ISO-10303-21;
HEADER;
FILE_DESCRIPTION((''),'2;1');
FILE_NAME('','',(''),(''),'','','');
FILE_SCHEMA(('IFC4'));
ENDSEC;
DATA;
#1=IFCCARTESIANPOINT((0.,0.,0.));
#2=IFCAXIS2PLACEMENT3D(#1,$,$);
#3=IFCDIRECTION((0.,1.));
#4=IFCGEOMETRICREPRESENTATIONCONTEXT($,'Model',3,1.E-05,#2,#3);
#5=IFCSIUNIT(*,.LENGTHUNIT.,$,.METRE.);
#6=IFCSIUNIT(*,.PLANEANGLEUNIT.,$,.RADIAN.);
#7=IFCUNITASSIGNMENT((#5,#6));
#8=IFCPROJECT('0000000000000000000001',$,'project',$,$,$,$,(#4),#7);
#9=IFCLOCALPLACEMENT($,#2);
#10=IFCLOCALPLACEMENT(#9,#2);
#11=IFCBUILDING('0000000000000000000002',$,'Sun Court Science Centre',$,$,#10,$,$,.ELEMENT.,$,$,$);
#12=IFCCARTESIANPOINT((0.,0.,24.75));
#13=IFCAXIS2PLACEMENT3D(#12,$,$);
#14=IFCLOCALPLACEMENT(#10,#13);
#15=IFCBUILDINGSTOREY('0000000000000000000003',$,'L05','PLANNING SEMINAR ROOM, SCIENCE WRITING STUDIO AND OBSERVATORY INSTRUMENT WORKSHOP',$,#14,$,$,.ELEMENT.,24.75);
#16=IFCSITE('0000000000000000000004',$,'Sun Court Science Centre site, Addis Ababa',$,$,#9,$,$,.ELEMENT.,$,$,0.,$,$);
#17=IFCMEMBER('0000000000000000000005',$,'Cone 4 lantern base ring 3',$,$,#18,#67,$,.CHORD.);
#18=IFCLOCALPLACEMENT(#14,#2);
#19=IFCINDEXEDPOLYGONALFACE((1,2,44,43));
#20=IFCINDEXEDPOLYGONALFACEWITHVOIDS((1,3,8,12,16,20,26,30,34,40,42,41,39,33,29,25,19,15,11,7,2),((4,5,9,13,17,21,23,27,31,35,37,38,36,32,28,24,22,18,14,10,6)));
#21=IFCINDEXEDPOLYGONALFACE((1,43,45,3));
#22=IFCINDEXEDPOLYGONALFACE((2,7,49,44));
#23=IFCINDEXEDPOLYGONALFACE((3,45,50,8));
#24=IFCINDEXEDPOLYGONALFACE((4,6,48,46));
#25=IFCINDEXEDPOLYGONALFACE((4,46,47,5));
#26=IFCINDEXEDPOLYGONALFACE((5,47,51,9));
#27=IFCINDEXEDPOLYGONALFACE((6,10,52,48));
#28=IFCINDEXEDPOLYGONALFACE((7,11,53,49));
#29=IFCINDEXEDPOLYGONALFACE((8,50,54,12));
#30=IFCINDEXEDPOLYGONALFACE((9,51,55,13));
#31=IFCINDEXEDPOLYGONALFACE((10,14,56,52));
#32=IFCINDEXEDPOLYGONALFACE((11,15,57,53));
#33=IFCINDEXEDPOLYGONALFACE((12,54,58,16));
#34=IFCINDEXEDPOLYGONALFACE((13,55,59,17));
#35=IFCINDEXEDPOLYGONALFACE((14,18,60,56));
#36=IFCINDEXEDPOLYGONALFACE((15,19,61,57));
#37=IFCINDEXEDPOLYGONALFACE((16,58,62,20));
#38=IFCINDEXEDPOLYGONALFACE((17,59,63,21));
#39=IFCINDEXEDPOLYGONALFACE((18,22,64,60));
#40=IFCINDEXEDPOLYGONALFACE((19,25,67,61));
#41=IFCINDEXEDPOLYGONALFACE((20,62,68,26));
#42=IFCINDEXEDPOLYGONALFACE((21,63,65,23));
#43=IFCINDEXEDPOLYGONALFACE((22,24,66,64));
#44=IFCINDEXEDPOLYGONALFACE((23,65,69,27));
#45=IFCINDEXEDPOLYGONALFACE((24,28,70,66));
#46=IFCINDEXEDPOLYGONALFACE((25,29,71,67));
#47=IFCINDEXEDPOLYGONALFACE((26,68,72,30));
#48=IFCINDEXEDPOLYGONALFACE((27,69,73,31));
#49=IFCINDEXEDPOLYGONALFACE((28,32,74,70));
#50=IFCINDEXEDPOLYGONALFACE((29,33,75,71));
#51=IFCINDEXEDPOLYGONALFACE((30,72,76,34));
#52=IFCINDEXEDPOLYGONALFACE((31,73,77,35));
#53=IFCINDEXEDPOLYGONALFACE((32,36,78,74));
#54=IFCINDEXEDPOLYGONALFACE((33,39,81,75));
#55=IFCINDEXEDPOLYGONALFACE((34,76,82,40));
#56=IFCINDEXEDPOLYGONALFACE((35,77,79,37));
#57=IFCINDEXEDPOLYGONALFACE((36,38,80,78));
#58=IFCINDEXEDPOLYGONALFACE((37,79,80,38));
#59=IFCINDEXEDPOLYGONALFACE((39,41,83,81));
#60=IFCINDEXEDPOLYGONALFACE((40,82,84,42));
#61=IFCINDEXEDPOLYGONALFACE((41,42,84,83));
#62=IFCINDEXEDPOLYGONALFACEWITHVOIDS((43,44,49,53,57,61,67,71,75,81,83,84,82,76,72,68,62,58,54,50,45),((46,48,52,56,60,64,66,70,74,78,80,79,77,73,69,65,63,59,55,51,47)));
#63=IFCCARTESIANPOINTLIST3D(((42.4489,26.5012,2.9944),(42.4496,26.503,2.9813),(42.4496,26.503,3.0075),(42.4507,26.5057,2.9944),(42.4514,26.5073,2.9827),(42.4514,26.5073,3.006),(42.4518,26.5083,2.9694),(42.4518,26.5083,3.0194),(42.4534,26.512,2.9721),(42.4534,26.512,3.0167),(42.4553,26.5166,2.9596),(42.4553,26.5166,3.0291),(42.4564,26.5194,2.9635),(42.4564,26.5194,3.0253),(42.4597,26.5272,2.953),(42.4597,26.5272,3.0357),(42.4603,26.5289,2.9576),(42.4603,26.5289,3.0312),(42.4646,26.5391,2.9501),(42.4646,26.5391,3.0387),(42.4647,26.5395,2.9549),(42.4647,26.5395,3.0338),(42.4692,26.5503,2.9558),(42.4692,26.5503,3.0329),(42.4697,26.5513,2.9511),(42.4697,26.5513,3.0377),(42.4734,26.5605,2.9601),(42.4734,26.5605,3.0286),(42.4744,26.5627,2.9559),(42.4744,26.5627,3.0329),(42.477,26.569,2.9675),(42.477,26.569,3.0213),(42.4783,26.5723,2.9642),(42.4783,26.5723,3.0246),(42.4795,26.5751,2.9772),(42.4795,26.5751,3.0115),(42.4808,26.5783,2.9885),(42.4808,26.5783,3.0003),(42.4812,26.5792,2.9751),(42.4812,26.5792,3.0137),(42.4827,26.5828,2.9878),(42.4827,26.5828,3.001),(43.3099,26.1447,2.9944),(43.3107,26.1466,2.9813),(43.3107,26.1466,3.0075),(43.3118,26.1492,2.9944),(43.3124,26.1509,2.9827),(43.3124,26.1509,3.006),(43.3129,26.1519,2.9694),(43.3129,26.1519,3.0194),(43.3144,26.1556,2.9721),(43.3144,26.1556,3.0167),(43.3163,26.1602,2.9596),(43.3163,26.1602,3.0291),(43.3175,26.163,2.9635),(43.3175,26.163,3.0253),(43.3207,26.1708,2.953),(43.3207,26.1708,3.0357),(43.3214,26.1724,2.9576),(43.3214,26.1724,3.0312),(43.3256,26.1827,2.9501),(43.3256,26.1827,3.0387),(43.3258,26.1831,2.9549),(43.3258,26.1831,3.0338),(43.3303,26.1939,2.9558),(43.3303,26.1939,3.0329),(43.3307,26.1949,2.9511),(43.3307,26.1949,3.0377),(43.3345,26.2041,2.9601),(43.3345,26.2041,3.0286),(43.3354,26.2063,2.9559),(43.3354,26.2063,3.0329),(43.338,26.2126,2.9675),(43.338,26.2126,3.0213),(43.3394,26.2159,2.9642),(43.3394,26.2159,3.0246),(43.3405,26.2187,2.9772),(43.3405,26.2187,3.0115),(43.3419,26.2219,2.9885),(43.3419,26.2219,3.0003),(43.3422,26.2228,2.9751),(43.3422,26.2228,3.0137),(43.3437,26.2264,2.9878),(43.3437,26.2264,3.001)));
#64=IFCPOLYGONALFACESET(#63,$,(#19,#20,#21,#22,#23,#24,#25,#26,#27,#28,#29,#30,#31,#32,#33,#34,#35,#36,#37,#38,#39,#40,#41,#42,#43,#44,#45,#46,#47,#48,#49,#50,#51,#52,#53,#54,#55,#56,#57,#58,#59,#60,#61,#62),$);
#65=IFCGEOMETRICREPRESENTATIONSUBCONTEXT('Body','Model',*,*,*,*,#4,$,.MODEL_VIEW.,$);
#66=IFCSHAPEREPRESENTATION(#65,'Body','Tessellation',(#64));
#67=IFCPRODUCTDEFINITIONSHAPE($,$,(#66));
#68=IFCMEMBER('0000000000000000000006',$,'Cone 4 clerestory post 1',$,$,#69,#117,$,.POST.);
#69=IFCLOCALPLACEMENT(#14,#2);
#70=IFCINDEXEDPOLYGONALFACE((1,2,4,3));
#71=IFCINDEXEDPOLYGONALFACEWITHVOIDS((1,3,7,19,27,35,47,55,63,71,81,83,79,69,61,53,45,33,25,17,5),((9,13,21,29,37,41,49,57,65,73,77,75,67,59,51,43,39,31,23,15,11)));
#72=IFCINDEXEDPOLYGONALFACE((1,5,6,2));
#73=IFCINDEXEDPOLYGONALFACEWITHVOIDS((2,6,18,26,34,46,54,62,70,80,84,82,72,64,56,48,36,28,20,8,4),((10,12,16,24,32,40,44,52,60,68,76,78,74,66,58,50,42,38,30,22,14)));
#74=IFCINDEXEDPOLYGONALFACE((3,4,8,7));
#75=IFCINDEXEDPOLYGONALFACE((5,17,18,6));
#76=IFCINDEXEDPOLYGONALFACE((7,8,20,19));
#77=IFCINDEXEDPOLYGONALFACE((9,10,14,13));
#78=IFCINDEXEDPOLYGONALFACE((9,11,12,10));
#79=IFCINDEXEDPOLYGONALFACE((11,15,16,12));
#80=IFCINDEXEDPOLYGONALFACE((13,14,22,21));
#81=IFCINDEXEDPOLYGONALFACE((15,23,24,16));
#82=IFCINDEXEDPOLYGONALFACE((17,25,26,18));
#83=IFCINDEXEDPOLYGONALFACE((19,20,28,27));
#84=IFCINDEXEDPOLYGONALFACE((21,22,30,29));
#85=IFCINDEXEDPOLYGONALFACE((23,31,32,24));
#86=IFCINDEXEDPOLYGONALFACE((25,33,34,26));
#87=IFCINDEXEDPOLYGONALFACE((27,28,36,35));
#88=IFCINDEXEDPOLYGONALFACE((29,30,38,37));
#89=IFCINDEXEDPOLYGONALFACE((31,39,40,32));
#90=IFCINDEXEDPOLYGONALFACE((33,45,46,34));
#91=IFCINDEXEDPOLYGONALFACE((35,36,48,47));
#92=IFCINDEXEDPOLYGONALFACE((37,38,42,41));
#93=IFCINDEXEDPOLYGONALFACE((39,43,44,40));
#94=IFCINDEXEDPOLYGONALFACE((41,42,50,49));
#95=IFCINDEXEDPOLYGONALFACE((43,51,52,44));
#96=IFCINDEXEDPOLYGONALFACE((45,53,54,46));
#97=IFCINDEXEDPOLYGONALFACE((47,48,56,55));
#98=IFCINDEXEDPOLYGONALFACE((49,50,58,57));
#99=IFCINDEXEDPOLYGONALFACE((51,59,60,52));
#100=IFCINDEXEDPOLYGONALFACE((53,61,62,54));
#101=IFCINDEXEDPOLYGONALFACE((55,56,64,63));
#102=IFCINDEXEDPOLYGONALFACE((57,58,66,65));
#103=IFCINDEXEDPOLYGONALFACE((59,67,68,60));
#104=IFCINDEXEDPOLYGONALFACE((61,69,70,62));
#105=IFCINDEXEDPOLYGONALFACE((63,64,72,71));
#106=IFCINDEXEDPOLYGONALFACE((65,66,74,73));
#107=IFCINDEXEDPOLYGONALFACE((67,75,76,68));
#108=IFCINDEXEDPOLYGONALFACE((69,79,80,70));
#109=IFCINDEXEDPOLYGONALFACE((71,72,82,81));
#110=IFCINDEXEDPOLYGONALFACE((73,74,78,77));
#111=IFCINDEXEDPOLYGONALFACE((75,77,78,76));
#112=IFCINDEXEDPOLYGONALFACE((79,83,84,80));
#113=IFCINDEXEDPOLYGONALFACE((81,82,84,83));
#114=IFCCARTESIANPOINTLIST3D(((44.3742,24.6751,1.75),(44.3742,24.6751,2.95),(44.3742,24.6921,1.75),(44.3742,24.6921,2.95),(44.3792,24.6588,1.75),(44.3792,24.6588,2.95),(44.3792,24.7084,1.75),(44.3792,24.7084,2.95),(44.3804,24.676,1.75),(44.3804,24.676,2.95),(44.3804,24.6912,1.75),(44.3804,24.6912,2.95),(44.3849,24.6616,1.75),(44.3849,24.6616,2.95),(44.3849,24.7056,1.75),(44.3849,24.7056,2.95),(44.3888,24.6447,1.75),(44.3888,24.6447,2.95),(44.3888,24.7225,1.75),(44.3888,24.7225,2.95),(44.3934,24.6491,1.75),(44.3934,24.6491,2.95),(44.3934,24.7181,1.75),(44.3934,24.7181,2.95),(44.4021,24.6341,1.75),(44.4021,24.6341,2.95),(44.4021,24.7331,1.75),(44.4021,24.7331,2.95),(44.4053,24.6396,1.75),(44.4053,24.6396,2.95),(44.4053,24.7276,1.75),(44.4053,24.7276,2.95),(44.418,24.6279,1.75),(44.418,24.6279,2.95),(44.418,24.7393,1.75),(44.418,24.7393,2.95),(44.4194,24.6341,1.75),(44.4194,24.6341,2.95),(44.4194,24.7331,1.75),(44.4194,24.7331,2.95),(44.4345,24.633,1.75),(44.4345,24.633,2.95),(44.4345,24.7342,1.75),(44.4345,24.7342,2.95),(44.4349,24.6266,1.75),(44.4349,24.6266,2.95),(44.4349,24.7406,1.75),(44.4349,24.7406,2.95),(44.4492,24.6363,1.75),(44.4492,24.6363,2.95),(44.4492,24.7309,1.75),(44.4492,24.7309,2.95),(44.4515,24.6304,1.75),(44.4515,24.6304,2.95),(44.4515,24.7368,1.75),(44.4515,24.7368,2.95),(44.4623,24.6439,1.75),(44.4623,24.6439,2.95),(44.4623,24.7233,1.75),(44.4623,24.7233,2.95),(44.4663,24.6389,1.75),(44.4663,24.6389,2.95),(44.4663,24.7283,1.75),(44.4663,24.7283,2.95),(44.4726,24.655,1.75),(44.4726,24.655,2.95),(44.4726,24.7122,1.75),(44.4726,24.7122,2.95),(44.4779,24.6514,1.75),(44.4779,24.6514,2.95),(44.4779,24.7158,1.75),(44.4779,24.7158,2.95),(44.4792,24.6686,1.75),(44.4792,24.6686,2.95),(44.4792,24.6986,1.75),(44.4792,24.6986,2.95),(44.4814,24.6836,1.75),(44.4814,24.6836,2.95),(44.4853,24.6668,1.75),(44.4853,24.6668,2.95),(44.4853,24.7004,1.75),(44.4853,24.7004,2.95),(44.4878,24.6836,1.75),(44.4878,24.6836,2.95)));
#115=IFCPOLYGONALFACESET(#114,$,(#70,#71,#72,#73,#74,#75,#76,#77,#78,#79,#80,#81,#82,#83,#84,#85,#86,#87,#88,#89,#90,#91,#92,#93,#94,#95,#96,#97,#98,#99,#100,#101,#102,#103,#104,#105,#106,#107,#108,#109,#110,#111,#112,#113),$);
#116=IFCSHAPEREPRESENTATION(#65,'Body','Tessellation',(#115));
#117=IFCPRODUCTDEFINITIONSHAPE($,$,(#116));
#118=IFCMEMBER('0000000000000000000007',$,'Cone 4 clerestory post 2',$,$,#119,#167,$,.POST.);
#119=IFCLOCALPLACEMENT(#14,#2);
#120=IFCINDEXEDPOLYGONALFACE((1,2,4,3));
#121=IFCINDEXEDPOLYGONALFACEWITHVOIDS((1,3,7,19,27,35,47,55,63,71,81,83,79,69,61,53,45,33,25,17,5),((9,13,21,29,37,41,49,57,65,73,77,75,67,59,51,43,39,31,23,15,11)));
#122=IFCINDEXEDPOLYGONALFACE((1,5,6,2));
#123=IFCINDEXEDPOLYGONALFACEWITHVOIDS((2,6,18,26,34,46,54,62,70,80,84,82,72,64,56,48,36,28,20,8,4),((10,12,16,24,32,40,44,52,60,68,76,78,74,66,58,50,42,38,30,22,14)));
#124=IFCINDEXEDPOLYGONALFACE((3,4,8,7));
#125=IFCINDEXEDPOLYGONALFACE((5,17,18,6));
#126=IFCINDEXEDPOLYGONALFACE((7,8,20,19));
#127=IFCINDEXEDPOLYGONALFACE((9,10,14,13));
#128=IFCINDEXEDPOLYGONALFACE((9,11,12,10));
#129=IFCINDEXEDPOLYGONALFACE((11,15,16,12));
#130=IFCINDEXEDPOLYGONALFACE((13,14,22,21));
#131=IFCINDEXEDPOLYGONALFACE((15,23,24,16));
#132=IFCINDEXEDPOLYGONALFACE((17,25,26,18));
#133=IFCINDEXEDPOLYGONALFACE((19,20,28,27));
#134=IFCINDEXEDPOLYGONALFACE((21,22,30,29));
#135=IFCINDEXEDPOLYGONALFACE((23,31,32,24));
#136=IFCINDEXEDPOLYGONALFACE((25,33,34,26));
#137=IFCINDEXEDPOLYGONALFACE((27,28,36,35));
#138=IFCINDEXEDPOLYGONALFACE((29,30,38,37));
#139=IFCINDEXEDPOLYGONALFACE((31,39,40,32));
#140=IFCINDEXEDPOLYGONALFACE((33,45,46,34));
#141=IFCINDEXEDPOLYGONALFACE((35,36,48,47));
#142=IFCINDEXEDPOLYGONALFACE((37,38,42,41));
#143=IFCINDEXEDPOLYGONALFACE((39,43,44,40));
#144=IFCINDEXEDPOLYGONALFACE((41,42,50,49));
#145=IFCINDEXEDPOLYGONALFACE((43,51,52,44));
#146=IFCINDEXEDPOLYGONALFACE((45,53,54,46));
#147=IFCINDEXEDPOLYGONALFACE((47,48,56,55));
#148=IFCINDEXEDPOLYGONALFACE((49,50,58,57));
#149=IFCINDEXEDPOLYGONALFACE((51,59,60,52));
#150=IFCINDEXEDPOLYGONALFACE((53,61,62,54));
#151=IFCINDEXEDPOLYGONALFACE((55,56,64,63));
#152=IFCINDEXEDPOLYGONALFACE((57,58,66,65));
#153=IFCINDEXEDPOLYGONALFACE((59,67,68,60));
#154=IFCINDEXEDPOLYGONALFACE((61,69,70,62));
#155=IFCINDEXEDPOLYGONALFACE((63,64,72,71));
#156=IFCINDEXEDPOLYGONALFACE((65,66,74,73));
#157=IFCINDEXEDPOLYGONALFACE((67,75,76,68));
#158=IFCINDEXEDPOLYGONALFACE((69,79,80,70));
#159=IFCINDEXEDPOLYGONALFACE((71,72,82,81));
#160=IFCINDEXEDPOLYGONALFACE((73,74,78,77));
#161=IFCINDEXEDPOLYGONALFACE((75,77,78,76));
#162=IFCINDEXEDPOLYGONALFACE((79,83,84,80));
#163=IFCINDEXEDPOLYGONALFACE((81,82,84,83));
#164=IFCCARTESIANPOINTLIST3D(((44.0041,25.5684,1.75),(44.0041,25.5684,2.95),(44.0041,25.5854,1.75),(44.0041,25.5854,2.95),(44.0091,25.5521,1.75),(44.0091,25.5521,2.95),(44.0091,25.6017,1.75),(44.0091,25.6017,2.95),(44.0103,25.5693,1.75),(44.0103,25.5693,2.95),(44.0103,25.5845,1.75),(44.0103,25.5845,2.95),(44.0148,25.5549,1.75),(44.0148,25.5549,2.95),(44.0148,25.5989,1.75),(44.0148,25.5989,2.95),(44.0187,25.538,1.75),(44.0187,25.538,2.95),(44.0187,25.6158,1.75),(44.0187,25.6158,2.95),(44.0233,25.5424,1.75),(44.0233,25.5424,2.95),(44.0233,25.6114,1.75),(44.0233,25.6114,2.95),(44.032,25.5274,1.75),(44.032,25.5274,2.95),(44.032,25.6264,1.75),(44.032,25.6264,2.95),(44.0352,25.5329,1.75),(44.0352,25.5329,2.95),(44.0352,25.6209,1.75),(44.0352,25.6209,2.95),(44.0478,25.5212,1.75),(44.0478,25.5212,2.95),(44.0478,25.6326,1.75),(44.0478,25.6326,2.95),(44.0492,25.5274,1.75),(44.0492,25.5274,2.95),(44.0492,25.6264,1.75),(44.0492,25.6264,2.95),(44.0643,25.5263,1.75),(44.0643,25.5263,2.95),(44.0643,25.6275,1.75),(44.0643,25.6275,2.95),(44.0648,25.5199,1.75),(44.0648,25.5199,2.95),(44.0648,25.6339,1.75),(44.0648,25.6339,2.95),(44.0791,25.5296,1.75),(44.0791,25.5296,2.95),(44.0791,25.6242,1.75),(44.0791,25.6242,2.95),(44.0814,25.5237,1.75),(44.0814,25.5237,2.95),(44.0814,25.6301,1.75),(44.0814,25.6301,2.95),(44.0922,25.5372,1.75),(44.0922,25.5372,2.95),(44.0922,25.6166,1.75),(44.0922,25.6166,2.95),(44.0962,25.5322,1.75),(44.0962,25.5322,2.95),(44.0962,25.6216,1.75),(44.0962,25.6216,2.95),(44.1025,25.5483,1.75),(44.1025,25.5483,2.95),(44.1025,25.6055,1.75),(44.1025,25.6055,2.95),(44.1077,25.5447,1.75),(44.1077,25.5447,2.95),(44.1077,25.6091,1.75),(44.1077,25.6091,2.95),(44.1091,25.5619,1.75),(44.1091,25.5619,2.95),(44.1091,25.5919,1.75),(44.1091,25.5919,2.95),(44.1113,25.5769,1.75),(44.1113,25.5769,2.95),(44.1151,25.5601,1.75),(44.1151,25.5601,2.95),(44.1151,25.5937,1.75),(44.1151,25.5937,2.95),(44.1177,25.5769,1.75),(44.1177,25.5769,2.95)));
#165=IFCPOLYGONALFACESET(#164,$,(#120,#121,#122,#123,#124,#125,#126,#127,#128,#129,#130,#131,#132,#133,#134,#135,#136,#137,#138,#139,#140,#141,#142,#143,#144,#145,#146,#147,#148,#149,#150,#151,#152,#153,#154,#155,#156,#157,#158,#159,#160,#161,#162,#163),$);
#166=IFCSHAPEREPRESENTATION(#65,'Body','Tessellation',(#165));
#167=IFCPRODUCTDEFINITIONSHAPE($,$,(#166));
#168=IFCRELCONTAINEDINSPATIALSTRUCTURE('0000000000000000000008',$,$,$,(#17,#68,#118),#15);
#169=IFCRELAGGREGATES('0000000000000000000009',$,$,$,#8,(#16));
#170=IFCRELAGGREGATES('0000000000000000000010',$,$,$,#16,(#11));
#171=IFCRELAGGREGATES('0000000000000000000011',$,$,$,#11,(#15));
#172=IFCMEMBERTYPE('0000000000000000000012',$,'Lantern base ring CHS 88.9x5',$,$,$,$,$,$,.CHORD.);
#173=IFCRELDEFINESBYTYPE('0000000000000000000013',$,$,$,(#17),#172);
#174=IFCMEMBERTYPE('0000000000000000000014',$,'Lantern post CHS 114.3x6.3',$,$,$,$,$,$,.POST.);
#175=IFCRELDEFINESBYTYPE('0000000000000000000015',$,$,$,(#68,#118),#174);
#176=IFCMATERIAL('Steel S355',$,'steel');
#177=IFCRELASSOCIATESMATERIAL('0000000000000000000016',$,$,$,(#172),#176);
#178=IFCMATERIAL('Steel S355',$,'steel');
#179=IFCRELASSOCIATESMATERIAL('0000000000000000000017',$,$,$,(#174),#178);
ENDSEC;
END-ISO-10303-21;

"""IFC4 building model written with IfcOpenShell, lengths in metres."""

from ifc_helpers import new_model, si_unit, direction, frame, origin, origin_2d, place, context, subcontext, project, spatial, hollow_circle, extrude, material, material_profile, profile_set, type_object, element, save


model = new_model("IFC4")

# Units and contexts
model_context = context("Model", 3, precision=1e-05, world=origin(), true_north=direction((0.0, 1.0)))
body_context = subcontext(model_context, "Body", "Model", "MODEL_VIEW")
ifc_project = project(units=[si_unit("LENGTHUNIT", "METRE"), si_unit("PLANEANGLEUNIT", "RADIAN")], contexts=[model_context])

# Site, building, storey
site_placement = place(None, origin())
site = spatial("IfcSite", under=ifc_project, at=site_placement, Name="Sun Court Science Centre site, Addis Ababa", CompositionType="ELEMENT", RefElevation=0.0)
building_placement = place(site_placement, origin())
building = spatial("IfcBuilding", under=site, at=building_placement, Name="Sun Court Science Centre", CompositionType="ELEMENT")
storey_placement = place(building_placement, frame((0.0, 0.0, 24.75)))
storey = spatial("IfcBuildingStorey", under=building, at=storey_placement, Name="L05", Description="PLANNING SEMINAR ROOM, SCIENCE WRITING STUDIO AND OBSERVATORY INSTRUMENT WORKSHOP", CompositionType="ELEMENT", Elevation=24.75)

# Members
ifc_material_1 = material(Name="Steel S355", Category="steel")
ifc_material_profile_1 = material_profile(ifc_material_1, hollow_circle(Radius=0.0444, WallThickness=0.0049, at=origin_2d()), Name="CHS 88.9x5")
ifc_profile_set_1 = profile_set([ifc_material_profile_1], Name="Steel S355")
member_type_1 = type_object("IfcMemberType", Name="Lantern base ring CHS 88.9x5", PredefinedType="CHORD", material=ifc_profile_set_1)
for number, where, z_axis, x_axis, name in (
    (1, (43.3269, 26.1858, 2.9944), (-0.923966, 0.382475, 0.0), (-0.382475, -0.923966, 0.0), "Cone 4 lantern base ring 3"),
):
    element("IfcMember", number, at=place(storey_placement, frame(where, z_axis=z_axis, x_axis=x_axis)), inside=storey, type_object=member_type_1, Name=name, PredefinedType="CHORD", context=body_context, shape_type="SweptSolid", body=[
        extrude(hollow_circle(Radius=0.0444, WallThickness=0.0049, at=origin_2d()), origin(), (0.0, 0.0, 1.0), 0.9319),
    ])
ifc_material_2 = material(Name="Steel S355", Category="steel")
ifc_material_profile_2 = material_profile(ifc_material_2, hollow_circle(Radius=0.0571, WallThickness=0.0063, at=origin_2d()), Name="CHS 114.3x6.3")
ifc_profile_set_2 = profile_set([ifc_material_profile_2], Name="Steel S355")
member_type_2 = type_object("IfcMemberType", Name="Lantern post CHS 114.3x6.3", PredefinedType="POST", material=ifc_profile_set_2)
for number, where, z_axis, x_axis, name in (
    (2, (44.4307, 24.6836, 1.75), (0.0, 0.0, 1.0), (1.0, 0.0, 0.0), "Cone 4 clerestory post 1"),
    (3, (44.0605, 25.5769, 1.75), (0.0, 0.0, 1.0), (1.0, 0.0, 0.0), "Cone 4 clerestory post 2"),
):
    element("IfcMember", number, at=place(storey_placement, frame(where, z_axis=z_axis, x_axis=x_axis)), inside=storey, type_object=member_type_2, Name=name, PredefinedType="POST", context=body_context, shape_type="SweptSolid", body=[
        extrude(hollow_circle(Radius=0.0571, WallThickness=0.0063, at=origin_2d()), origin(), (0.0, 0.0, 1.0), 1.2),
    ])

save(model, "model.ifc")
